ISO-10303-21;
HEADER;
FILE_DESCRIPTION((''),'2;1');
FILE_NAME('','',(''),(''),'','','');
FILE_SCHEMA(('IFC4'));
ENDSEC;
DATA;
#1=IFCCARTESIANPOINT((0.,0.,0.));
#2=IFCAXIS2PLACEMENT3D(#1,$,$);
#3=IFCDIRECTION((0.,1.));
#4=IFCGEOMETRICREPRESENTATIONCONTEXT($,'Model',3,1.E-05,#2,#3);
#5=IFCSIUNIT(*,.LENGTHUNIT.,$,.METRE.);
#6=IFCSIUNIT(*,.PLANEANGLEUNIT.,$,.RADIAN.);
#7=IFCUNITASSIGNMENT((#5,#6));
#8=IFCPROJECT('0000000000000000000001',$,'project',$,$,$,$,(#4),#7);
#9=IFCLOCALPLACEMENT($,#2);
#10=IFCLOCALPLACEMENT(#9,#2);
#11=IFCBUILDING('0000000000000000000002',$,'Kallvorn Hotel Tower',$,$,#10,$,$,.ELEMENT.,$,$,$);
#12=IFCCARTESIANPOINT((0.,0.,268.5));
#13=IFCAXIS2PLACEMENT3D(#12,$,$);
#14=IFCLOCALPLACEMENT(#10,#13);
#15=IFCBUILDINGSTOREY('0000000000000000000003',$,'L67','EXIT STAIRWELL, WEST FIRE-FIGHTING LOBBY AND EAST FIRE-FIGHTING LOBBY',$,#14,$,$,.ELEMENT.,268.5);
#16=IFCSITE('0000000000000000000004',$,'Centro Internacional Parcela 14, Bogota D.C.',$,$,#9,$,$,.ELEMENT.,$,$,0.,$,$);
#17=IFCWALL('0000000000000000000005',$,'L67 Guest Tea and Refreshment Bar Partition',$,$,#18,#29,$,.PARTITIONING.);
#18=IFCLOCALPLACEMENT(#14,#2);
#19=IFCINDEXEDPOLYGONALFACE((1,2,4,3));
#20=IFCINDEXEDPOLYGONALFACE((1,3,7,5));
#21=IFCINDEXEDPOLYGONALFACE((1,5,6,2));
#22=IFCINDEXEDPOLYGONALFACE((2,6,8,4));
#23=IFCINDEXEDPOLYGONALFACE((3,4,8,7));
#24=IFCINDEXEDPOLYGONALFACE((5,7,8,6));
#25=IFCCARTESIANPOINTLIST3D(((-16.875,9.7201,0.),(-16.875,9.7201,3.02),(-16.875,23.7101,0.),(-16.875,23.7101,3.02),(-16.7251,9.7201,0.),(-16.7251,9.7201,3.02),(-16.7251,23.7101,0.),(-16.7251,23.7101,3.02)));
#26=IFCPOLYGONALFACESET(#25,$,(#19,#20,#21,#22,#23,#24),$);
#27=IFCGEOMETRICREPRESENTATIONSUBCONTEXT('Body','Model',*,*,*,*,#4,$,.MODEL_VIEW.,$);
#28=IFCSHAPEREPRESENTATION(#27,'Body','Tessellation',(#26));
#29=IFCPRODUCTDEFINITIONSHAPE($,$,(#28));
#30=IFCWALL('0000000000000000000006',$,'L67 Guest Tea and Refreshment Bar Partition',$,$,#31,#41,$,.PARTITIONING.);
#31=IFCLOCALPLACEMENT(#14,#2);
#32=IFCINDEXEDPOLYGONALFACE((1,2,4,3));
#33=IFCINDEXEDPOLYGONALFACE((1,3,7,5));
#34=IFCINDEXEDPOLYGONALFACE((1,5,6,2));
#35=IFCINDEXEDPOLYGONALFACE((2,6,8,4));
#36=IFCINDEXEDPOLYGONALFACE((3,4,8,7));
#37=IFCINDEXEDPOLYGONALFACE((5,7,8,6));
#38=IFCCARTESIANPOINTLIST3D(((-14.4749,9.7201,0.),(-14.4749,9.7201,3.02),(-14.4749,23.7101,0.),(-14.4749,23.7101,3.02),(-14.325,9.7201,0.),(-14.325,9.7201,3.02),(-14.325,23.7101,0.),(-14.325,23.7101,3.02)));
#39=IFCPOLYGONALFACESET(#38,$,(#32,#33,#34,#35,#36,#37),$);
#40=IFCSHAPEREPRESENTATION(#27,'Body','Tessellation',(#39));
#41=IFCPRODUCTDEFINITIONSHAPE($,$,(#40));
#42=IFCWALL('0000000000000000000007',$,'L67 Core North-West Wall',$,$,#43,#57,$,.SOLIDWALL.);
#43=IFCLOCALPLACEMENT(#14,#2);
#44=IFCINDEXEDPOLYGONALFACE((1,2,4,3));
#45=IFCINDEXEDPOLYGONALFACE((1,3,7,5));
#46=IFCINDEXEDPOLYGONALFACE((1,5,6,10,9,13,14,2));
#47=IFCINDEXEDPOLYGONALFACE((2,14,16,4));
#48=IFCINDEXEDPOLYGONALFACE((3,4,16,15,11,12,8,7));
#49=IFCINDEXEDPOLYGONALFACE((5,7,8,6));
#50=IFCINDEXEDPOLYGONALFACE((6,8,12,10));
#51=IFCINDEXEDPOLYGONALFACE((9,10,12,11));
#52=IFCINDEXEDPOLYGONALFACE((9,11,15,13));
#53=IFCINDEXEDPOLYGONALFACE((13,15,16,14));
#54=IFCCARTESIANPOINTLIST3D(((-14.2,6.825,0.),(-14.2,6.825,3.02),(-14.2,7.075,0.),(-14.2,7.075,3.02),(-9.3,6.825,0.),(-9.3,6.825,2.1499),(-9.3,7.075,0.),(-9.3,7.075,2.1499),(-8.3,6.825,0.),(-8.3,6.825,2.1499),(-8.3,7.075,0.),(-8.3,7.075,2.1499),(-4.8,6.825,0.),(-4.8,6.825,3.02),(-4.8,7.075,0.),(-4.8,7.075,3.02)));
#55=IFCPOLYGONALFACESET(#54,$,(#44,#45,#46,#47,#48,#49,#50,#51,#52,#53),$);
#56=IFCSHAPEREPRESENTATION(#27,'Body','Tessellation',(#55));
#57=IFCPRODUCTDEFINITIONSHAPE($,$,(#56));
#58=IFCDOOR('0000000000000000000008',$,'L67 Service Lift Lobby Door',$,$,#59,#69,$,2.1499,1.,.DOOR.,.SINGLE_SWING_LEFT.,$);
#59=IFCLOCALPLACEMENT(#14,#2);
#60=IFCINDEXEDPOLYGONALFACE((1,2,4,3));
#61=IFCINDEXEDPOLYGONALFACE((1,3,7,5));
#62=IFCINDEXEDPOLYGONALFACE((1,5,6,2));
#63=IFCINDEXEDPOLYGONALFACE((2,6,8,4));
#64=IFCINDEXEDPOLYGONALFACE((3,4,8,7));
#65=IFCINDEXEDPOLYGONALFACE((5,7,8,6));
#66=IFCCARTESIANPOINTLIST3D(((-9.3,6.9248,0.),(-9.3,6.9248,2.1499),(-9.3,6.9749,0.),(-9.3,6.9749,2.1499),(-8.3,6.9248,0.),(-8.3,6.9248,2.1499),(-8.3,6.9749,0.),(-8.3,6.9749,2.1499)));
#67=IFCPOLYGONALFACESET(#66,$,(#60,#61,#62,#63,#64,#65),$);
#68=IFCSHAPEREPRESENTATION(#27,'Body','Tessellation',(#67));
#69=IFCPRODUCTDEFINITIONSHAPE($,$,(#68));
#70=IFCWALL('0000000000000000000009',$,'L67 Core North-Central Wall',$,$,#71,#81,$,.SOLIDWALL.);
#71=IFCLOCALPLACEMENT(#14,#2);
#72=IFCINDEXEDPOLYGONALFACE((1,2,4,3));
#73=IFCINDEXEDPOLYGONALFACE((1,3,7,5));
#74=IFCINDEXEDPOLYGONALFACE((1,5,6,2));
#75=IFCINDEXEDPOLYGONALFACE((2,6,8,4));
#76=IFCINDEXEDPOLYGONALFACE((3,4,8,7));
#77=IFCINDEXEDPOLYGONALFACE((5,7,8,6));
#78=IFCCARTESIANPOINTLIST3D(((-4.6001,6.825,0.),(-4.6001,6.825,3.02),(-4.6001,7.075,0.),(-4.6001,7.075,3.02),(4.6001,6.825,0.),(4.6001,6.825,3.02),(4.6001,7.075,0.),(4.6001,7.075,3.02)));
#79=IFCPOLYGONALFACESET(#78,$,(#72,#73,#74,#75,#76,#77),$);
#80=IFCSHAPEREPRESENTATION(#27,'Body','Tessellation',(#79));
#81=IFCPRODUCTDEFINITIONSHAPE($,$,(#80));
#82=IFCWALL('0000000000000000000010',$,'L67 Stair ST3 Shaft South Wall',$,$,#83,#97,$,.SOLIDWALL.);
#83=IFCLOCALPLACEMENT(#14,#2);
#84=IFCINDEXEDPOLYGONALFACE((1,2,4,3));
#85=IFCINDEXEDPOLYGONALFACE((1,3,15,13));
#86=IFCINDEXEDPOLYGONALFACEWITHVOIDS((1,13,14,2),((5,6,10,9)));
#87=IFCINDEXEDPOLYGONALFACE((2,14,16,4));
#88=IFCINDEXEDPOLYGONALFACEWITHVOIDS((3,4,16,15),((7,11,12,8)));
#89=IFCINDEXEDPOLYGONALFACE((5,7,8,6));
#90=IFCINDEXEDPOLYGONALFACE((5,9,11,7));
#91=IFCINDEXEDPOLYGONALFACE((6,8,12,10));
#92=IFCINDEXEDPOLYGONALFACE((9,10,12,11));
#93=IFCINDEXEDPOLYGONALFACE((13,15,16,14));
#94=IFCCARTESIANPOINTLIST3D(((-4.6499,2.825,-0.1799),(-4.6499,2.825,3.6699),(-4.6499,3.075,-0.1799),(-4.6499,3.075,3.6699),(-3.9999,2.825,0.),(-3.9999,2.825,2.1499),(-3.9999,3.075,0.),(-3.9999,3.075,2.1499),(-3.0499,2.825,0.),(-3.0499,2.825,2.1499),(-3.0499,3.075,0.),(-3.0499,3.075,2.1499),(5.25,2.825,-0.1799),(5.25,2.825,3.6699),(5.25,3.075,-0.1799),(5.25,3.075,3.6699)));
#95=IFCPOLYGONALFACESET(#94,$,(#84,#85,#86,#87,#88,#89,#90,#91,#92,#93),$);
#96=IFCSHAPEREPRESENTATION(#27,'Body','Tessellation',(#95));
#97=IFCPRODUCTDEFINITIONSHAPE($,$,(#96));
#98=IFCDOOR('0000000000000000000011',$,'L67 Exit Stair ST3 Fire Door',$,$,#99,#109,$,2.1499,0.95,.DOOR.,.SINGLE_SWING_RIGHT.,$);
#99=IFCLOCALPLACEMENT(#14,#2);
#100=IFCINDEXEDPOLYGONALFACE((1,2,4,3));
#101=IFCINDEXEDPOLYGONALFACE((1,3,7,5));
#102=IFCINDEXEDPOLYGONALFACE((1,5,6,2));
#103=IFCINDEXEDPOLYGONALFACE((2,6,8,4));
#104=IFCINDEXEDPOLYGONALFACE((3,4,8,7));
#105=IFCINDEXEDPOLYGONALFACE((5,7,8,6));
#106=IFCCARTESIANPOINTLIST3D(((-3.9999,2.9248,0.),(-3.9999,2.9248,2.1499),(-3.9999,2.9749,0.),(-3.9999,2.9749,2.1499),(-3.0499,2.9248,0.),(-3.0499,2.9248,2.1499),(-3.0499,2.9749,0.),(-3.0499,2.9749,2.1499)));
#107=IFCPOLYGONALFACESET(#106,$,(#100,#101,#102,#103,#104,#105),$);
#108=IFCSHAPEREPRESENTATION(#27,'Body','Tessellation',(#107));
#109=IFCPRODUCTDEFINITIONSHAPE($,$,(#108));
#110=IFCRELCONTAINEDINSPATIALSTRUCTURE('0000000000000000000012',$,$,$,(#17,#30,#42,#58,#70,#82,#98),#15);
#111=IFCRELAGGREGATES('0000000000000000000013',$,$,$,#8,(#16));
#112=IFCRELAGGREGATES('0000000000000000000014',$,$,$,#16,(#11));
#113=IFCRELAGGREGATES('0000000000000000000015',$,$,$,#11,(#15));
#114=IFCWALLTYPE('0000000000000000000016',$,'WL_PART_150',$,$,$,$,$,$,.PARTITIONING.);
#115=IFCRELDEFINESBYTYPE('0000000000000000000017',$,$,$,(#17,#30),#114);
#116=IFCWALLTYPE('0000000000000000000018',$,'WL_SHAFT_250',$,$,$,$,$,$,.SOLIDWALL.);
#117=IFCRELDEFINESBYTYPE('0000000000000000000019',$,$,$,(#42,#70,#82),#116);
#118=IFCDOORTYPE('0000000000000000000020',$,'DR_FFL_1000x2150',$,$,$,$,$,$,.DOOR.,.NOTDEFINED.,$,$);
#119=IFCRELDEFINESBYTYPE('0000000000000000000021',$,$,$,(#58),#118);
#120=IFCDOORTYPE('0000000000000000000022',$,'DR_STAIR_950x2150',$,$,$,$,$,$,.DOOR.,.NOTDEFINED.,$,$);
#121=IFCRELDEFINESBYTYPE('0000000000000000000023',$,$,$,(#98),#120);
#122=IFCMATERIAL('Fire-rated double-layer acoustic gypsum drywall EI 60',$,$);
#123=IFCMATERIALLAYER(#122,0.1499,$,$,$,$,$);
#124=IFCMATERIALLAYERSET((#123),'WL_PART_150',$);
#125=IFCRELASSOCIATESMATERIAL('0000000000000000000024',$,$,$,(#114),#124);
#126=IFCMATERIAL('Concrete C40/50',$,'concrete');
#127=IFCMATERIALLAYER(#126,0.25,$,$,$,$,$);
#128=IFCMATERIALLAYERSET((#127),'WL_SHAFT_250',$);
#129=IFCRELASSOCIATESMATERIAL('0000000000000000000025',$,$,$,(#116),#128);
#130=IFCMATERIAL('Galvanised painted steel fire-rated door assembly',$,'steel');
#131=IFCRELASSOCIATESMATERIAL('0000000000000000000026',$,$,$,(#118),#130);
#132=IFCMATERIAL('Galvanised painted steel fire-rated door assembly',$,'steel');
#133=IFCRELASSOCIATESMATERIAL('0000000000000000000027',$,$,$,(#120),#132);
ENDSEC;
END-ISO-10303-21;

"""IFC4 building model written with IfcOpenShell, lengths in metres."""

from ifc_helpers import new_model, si_unit, direction, frame, frame_2d, origin, place, context, subcontext, project, spatial, rectangle, extrude, material, layer, layer_set, type_object, element, fill, save


model = new_model("IFC4")

# Units and contexts
model_context = context("Model", 3, precision=1e-05, world=origin(), true_north=direction((0.0, 1.0)))
body_context = subcontext(model_context, "Body", "Model", "MODEL_VIEW")
ifc_project = project(units=[si_unit("LENGTHUNIT", "METRE"), si_unit("PLANEANGLEUNIT", "RADIAN")], contexts=[model_context])

# Site, building, storey
site_placement = place(None, origin())
site = spatial("IfcSite", under=ifc_project, at=site_placement, Name="Centro Internacional Parcela 14, Bogota D.C.", CompositionType="ELEMENT", RefElevation=0.0)
building_placement = place(site_placement, origin())
building = spatial("IfcBuilding", under=site, at=building_placement, Name="Kallvorn Hotel Tower", CompositionType="ELEMENT")
storey_placement = place(building_placement, frame((0.0, 0.0, 268.5)))
storey = spatial("IfcBuildingStorey", under=building, at=storey_placement, Name="L67", Description="EXIT STAIRWELL, WEST FIRE-FIGHTING LOBBY AND EAST FIRE-FIGHTING LOBBY", CompositionType="ELEMENT", Elevation=268.5)

# Walls
ifc_material_1 = material(Name="Fire-rated double-layer acoustic gypsum drywall EI 60")
ifc_layer_1 = layer(ifc_material_1, 0.1499)
ifc_layer_set_1 = layer_set([ifc_layer_1], Name="WL_PART_150")
wall_type_1 = type_object("IfcWallType", Name="WL_PART_150", PredefinedType="PARTITIONING", material=ifc_layer_set_1)
for number, where, z_axis, x_axis, name in (
    (1, (-16.8, 9.72, 0.0), (0.0, 0.0, 1.0), (0.0, 1.0, 0.0), "L67 Guest Tea and Refreshment Bar Partition"),
    (2, (-14.3999, 9.72, 0.0), (0.0, 0.0, 1.0), (0.0, 1.0, 0.0), "L67 Guest Tea and Refreshment Bar Partition"),
):
    element("IfcWall", number, at=place(storey_placement, frame(where, z_axis=z_axis, x_axis=x_axis)), inside=storey, type_object=wall_type_1, Name=name, PredefinedType="PARTITIONING", context=body_context, shape_type="SweptSolid", body=[
        extrude(rectangle(XDim=13.99, YDim=0.1499, at=frame_2d((6.9951, 0.0))), origin(), (0.0, 0.0, 1.0), 3.02),
    ])

# Wall, opening, door
ifc_material_2 = material(Name="Concrete C40/50", Category="concrete")
ifc_layer_2 = layer(ifc_material_2, 0.25)
ifc_layer_set_2 = layer_set([ifc_layer_2], Name="WL_SHAFT_250")
wall_type_2 = type_object("IfcWallType", Name="WL_SHAFT_250", PredefinedType="SOLIDWALL", material=ifc_layer_set_2)
wall_1_placement = place(storey_placement, frame((-14.2, 6.95, 0.0), z_axis=(0.0, 0.0, 1.0), x_axis=(1.0, 0.0, 0.0)))
wall_1 = element("IfcWall", 3, at=wall_1_placement, inside=storey, type_object=wall_type_2, Name="L67 Core North-West Wall", PredefinedType="SOLIDWALL", context=body_context, shape_type="SweptSolid", body=[
    extrude(rectangle(XDim=9.3999, YDim=0.25, at=frame_2d((4.7, 0.0))), origin(), (0.0, 0.0, 1.0), 3.02),
])
opening_1_placement = place(wall_1_placement, frame((4.8999, 0.0, 0.0)))
opening_1 = element("IfcOpeningElement", 4, at=opening_1_placement, cuts=wall_1, PredefinedType="OPENING", context=body_context, shape_type="SweptSolid", body=[
    extrude(rectangle(XDim=1.0, YDim=2.1499, at=frame_2d((0.5, 1.075))), frame((0.0, 0.1399, 0.0), z_axis=(0.0, -1.0, 0.0), x_axis=(1.0, 0.0, 0.0)), (0.0, 0.0, 1.0), 0.28),
])
ifc_material_3 = material(Name="Galvanised painted steel fire-rated door assembly", Category="steel")
door_type_1 = type_object("IfcDoorType", Name="DR_FFL_1000x2150", OperationType="NOTDEFINED", PredefinedType="DOOR", material=ifc_material_3)
door_1_placement = place(opening_1_placement, origin())
door_1 = element("IfcDoor", 5, at=door_1_placement, inside=storey, type_object=door_type_1, Name="L67 Service Lift Lobby Door", OperationType="SINGLE_SWING_LEFT", OverallHeight=2.1499, OverallWidth=1.0, PredefinedType="DOOR", context=body_context, shape_type="SweptSolid", body=[
    extrude(rectangle(XDim=1.0, YDim=2.1499, at=frame_2d((0.5, 1.075))), frame((0.0, 0.0249, 0.0), z_axis=(0.0, -1.0, 0.0), x_axis=(1.0, 0.0, 0.0)), (0.0, 0.0, 1.0), 0.05),
])
fill(opening_1, door_1)

# Wall
wall_2_placement = place(storey_placement, frame((-4.6001, 6.95, 0.0), z_axis=(0.0, 0.0, 1.0), x_axis=(1.0, 0.0, 0.0)))
element("IfcWall", 6, at=wall_2_placement, inside=storey, type_object=wall_type_2, Name="L67 Core North-Central Wall", PredefinedType="SOLIDWALL", context=body_context, shape_type="SweptSolid", body=[
    extrude(rectangle(XDim=9.2002, YDim=0.25, at=frame_2d((4.6001, 0.0))), origin(), (0.0, 0.0, 1.0), 3.02),
])

# Wall, opening, door
wall_3_placement = place(storey_placement, frame((-4.6499, 2.95, -0.1799), z_axis=(0.0, 0.0, 1.0), x_axis=(1.0, 0.0, 0.0)))
wall_3 = element("IfcWall", 7, at=wall_3_placement, inside=storey, type_object=wall_type_2, Name="L67 Stair ST3 Shaft South Wall", PredefinedType="SOLIDWALL", context=body_context, shape_type="SweptSolid", body=[
    extrude(rectangle(XDim=9.8999, YDim=0.25, at=frame_2d((4.95, 0.0))), origin(), (0.0, 0.0, 1.0), 3.8499),
])
opening_2_placement = place(wall_3_placement, frame((0.6499, 0.0, 0.1799)))
opening_2 = element("IfcOpeningElement", 8, at=opening_2_placement, cuts=wall_3, PredefinedType="OPENING", context=body_context, shape_type="SweptSolid", body=[
    extrude(rectangle(XDim=0.95, YDim=2.1499, at=frame_2d((0.4751, 1.075))), frame((0.0, 0.1399, 0.0), z_axis=(0.0, -1.0, 0.0), x_axis=(1.0, 0.0, 0.0)), (0.0, 0.0, 1.0), 0.28),
])
ifc_material_4 = material(Name="Galvanised painted steel fire-rated door assembly", Category="steel")
door_type_2 = type_object("IfcDoorType", Name="DR_STAIR_950x2150", OperationType="NOTDEFINED", PredefinedType="DOOR", material=ifc_material_4)
door_2_placement = place(opening_2_placement, origin())
door_2 = element("IfcDoor", 9, at=door_2_placement, inside=storey, type_object=door_type_2, Name="L67 Exit Stair ST3 Fire Door", OperationType="SINGLE_SWING_RIGHT", OverallHeight=2.1499, OverallWidth=0.95, PredefinedType="DOOR", context=body_context, shape_type="SweptSolid", body=[
    extrude(rectangle(XDim=0.95, YDim=2.1499, at=frame_2d((0.4751, 1.075))), frame((0.0, 0.0249, 0.0), z_axis=(0.0, -1.0, 0.0), x_axis=(1.0, 0.0, 0.0)), (0.0, 0.0, 1.0), 0.05),
])
fill(opening_2, door_2)

save(model, "model.ifc")
